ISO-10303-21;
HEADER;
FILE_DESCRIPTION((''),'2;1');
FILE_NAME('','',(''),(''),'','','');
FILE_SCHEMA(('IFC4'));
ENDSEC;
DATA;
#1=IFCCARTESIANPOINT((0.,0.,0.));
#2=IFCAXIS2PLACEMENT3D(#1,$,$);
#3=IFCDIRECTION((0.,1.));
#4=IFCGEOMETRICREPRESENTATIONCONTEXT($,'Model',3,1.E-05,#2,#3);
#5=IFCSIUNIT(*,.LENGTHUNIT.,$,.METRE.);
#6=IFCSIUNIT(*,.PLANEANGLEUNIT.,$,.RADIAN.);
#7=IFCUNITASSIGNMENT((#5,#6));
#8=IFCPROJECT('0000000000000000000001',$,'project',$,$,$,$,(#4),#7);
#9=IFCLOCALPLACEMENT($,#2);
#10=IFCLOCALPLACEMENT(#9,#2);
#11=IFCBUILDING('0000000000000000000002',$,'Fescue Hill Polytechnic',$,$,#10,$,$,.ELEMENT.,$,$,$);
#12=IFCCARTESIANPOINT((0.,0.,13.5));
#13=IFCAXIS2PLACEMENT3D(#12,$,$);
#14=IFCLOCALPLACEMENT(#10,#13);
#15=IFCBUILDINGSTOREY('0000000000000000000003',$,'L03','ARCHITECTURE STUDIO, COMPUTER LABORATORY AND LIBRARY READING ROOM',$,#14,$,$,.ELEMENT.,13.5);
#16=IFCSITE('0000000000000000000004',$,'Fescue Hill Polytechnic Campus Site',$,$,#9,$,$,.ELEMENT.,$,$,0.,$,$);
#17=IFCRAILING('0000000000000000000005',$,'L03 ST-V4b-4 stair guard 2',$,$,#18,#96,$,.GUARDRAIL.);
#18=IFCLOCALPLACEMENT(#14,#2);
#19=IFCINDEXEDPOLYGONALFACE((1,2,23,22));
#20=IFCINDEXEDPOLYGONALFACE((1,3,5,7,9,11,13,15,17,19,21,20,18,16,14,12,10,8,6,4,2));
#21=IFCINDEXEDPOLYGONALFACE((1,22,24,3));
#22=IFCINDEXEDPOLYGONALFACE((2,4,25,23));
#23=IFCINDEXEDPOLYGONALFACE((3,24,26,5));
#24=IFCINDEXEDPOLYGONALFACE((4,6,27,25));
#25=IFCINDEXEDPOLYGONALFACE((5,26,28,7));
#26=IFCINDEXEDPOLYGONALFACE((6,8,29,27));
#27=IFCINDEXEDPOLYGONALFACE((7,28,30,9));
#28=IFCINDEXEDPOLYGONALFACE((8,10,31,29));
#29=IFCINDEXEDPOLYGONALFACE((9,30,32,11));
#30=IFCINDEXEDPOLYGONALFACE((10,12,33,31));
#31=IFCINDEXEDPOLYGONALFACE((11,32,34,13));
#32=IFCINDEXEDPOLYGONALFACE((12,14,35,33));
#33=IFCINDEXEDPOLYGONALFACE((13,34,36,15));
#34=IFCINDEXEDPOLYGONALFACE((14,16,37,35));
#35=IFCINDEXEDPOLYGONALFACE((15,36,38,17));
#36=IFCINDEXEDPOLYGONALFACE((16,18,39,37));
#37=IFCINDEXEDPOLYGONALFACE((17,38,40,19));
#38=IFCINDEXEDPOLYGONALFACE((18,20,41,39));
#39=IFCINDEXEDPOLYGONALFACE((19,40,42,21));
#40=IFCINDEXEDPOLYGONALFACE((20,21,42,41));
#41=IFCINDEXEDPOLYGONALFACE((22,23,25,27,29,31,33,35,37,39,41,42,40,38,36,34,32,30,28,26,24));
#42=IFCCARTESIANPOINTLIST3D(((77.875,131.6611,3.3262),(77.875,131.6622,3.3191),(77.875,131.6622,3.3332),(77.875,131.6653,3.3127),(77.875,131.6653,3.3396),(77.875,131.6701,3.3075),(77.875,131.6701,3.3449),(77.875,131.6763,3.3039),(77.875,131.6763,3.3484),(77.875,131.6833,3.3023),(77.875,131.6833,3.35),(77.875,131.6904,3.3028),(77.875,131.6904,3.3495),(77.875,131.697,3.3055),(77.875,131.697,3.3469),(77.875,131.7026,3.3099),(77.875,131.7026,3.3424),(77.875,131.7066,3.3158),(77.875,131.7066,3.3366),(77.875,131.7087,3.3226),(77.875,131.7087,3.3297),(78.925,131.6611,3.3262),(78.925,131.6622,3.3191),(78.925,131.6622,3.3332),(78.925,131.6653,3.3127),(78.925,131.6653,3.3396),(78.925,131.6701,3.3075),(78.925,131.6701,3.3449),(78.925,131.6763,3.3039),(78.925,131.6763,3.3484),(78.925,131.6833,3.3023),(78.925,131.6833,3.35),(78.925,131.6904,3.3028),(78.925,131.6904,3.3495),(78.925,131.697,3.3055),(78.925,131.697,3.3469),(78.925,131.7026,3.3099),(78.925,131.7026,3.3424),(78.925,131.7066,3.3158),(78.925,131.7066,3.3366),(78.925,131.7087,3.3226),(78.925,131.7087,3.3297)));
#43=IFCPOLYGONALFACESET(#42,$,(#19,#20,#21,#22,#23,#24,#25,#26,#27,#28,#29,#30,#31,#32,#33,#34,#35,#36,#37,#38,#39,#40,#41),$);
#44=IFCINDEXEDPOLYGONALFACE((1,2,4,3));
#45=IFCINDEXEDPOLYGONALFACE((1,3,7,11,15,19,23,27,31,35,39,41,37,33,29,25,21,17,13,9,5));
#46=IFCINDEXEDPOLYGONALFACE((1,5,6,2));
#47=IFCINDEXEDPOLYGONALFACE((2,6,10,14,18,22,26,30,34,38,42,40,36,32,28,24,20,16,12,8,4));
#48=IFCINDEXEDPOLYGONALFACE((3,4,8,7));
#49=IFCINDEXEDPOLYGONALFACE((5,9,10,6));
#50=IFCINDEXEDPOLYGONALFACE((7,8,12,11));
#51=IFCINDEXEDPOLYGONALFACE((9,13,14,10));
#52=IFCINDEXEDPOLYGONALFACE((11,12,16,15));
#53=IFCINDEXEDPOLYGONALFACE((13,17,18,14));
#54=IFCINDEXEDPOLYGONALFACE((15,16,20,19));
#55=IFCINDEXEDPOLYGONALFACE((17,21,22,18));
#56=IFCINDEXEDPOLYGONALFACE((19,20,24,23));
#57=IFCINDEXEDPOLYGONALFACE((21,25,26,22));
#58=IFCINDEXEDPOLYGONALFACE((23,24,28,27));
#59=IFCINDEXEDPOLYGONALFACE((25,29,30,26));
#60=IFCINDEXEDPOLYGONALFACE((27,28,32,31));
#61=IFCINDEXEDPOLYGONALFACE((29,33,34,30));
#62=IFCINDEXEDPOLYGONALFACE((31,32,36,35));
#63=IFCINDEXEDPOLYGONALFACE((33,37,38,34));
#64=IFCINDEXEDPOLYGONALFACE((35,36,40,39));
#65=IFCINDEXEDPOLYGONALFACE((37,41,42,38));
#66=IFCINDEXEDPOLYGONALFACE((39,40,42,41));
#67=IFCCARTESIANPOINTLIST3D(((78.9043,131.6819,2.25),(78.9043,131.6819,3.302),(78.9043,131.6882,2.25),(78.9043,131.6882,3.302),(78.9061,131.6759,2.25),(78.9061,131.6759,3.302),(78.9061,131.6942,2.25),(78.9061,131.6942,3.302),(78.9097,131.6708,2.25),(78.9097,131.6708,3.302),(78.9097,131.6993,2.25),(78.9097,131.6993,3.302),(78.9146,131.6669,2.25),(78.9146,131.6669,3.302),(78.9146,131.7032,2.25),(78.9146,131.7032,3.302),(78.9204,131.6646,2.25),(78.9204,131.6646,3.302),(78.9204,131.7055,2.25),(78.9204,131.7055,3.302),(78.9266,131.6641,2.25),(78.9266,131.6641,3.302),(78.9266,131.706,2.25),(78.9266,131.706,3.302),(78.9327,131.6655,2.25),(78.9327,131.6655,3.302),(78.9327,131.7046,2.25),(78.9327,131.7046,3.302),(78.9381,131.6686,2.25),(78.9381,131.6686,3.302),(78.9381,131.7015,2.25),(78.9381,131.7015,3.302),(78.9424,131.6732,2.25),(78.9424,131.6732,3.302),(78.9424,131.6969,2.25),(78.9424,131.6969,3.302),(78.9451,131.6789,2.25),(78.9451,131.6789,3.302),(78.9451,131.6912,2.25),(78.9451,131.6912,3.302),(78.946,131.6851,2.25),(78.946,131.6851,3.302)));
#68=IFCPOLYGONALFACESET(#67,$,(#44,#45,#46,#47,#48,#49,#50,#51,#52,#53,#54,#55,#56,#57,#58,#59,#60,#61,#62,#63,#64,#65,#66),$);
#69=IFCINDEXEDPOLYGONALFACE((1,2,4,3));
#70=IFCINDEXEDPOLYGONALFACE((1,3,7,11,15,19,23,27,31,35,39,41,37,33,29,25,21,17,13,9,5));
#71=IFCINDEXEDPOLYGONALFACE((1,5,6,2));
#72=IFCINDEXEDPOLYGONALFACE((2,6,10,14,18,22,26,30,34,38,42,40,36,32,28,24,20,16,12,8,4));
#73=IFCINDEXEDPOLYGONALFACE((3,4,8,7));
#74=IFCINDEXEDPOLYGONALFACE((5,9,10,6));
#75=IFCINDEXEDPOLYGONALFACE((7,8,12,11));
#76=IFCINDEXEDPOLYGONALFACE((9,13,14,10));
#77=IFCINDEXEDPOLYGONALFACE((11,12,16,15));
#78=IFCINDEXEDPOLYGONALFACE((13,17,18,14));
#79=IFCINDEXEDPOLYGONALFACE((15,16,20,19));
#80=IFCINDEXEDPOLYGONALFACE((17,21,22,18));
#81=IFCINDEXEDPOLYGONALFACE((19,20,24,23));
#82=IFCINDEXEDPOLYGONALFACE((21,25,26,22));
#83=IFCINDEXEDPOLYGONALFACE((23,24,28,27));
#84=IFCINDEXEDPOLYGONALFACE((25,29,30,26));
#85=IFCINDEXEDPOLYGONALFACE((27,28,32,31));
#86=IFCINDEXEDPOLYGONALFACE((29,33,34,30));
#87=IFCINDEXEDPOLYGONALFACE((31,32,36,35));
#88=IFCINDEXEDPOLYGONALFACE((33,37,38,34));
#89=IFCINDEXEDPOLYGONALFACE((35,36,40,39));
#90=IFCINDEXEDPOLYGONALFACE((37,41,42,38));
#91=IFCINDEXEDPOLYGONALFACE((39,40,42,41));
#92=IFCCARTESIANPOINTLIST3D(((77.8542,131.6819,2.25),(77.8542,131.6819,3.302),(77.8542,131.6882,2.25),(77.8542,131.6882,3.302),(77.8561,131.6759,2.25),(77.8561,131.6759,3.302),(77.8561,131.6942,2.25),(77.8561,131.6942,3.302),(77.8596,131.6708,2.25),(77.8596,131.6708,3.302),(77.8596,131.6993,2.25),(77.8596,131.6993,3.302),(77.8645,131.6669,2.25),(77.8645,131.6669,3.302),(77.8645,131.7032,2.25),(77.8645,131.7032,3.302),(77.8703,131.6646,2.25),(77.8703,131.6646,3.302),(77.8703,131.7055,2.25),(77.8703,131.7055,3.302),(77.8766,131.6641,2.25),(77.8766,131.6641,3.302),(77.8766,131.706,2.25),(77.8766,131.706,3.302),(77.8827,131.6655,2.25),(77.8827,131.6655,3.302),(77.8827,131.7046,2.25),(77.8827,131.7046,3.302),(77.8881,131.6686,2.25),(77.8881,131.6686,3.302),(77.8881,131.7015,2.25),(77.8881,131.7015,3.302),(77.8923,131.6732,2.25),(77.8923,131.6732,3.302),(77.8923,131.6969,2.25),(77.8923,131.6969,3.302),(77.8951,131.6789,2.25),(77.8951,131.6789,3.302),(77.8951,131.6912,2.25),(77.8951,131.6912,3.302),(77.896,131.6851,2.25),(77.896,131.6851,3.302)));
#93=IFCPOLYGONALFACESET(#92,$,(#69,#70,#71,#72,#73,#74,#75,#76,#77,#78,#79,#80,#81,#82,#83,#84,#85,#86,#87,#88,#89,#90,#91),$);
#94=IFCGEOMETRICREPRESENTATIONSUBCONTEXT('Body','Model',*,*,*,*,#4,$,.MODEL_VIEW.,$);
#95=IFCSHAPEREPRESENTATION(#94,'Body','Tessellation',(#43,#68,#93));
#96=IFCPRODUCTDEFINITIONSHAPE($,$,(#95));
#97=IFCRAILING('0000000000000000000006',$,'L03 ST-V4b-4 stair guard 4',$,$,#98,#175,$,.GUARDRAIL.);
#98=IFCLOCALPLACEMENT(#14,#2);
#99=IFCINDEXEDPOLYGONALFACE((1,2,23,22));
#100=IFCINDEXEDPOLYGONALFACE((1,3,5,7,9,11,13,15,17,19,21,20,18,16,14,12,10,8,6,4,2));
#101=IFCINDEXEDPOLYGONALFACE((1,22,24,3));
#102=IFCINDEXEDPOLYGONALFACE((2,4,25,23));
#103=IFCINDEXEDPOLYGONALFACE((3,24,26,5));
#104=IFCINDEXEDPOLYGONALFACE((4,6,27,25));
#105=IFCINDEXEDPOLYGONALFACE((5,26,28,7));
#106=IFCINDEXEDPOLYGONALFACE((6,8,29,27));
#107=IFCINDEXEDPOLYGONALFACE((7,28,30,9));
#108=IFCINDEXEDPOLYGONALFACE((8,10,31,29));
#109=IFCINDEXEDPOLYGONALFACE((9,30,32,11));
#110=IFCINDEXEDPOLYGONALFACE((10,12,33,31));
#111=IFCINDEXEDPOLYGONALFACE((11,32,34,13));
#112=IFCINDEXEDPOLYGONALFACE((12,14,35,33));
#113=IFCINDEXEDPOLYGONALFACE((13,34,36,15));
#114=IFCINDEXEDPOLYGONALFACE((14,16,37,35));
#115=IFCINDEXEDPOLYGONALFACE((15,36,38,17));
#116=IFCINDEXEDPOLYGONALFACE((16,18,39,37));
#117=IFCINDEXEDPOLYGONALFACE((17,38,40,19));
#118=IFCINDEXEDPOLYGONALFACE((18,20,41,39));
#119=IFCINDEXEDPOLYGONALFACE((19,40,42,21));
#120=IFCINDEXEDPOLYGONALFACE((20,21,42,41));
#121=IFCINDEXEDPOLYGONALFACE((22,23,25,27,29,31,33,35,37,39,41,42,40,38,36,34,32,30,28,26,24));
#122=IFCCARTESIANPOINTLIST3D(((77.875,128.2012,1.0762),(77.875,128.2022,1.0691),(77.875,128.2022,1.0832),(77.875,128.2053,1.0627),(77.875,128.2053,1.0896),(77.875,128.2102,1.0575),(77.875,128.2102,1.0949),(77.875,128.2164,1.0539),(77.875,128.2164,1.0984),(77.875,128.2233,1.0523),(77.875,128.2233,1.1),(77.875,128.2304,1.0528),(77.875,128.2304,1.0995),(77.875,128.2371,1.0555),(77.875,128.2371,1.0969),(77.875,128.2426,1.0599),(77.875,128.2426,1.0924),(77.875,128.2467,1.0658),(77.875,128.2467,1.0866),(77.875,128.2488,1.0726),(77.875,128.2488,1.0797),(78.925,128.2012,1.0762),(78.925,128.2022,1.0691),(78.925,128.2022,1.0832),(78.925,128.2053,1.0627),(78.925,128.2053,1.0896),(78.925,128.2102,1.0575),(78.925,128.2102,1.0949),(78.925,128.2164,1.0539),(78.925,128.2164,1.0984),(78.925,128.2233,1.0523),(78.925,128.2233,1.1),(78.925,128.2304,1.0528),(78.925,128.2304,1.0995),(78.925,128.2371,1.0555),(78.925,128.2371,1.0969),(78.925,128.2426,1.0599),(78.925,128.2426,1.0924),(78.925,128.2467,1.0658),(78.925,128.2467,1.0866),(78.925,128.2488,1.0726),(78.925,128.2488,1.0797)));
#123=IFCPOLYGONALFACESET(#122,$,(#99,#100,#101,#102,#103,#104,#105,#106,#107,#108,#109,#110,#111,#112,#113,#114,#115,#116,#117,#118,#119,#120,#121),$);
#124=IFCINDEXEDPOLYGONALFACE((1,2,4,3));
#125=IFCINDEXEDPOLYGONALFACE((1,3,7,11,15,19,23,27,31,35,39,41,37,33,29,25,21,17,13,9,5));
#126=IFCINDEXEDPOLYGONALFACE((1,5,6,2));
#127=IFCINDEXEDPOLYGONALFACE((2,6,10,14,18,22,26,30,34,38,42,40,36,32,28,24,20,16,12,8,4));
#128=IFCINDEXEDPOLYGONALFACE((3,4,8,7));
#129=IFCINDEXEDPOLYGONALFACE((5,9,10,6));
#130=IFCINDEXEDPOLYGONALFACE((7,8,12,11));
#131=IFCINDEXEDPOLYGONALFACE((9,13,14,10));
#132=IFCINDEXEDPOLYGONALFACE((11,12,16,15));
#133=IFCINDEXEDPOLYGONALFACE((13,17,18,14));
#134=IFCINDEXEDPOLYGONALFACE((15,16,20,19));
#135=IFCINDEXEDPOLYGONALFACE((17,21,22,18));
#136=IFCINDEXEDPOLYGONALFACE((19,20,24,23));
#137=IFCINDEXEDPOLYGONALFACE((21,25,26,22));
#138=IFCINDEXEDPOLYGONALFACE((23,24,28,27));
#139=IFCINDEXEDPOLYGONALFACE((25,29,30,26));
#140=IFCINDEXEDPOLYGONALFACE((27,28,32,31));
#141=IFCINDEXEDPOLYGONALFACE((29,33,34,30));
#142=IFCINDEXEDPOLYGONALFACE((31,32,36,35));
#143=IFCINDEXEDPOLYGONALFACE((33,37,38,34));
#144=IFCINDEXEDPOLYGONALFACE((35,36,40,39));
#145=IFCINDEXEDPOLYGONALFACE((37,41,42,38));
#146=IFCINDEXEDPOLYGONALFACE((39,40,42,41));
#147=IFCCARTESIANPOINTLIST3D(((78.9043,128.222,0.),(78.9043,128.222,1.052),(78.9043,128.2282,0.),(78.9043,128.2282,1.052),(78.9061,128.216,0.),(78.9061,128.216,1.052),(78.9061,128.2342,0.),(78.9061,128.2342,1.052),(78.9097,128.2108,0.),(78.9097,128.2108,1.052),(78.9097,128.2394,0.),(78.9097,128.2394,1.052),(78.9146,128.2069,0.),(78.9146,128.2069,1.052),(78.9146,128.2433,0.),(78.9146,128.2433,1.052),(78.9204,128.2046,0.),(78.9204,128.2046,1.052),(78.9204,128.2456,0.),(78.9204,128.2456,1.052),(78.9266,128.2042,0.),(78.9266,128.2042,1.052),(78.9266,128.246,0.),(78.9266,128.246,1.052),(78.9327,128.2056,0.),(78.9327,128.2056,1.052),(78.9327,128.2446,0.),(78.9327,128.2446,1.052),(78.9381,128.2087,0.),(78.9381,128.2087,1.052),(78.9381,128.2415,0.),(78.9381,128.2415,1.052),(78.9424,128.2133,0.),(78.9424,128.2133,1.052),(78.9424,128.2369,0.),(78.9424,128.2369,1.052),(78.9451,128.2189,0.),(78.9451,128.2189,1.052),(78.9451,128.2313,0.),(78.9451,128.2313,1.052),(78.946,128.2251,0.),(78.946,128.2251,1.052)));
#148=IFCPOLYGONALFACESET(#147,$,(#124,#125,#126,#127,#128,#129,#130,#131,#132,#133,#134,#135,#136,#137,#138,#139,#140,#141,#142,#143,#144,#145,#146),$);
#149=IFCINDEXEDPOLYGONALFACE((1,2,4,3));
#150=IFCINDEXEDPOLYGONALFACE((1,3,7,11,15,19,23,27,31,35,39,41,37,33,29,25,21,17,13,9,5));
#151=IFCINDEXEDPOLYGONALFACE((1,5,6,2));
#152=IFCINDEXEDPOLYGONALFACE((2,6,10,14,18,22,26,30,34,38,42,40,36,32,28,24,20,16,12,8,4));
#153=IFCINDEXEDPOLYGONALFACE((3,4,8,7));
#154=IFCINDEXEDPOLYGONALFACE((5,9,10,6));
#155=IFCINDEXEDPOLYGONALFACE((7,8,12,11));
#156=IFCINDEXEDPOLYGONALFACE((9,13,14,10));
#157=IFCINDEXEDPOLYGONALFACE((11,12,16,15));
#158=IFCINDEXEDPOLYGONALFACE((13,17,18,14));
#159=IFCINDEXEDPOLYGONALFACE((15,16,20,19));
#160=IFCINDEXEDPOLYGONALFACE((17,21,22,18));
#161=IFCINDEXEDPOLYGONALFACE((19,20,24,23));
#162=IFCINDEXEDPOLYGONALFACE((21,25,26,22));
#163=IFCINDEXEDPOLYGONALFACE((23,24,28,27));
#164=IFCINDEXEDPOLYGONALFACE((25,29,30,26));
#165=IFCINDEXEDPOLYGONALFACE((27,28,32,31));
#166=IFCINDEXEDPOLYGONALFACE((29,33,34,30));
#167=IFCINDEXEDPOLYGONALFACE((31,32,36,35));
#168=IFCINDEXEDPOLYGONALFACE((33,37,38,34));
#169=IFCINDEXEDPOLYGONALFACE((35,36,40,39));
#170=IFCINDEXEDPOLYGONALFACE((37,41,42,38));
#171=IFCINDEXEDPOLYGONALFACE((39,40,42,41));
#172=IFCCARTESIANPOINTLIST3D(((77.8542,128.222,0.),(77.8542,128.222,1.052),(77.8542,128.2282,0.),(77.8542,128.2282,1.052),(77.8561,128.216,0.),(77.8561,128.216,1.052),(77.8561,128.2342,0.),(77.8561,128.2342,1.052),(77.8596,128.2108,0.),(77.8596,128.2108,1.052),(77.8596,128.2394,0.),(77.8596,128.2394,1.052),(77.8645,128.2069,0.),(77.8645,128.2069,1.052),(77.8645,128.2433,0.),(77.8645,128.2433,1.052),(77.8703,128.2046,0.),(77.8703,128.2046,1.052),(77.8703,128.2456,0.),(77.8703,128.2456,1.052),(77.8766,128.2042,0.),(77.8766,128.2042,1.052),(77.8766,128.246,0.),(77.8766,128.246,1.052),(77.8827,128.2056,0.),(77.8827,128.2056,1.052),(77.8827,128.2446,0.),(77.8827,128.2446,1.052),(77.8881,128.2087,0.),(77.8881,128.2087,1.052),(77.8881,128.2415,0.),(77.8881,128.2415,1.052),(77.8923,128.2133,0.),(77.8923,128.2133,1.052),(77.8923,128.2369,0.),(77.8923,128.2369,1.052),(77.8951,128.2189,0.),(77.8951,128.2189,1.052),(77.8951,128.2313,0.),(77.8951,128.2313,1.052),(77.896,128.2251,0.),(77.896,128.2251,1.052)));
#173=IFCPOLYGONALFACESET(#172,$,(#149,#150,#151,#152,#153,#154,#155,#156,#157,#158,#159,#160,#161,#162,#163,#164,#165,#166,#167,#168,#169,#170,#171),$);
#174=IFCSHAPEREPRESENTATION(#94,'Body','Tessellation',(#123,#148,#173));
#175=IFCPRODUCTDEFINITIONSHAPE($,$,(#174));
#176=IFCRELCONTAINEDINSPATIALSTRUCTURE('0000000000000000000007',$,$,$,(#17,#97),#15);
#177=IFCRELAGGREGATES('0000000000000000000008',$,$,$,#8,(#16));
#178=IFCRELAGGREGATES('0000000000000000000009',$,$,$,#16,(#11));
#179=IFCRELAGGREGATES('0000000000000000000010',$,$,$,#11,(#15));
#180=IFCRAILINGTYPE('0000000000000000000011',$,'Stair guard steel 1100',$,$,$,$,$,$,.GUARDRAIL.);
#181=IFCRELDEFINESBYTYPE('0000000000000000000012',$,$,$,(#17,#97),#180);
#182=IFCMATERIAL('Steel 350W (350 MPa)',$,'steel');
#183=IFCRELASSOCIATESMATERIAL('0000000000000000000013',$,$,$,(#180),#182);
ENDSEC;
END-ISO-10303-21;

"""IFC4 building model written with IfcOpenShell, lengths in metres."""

from ifc_helpers import new_model, si_unit, direction, frame, origin, origin_2d, place, context, subcontext, project, spatial, circle, extrude, material, type_object, element, save


model = new_model("IFC4")

# Units and contexts
model_context = context("Model", 3, precision=1e-05, world=origin(), true_north=direction((0.0, 1.0)))
body_context = subcontext(model_context, "Body", "Model", "MODEL_VIEW")
ifc_project = project(units=[si_unit("LENGTHUNIT", "METRE"), si_unit("PLANEANGLEUNIT", "RADIAN")], contexts=[model_context])

# Site, building, storey
site_placement = place(None, origin())
site = spatial("IfcSite", under=ifc_project, at=site_placement, Name="Fescue Hill Polytechnic Campus Site", CompositionType="ELEMENT", RefElevation=0.0)
building_placement = place(site_placement, origin())
building = spatial("IfcBuilding", under=site, at=building_placement, Name="Fescue Hill Polytechnic", CompositionType="ELEMENT")
storey_placement = place(building_placement, frame((0.0, 0.0, 13.5)))
storey = spatial("IfcBuildingStorey", under=building, at=storey_placement, Name="L03", Description="ARCHITECTURE STUDIO, COMPUTER LABORATORY AND LIBRARY READING ROOM", CompositionType="ELEMENT", Elevation=13.5)

# Railings
ifc_material_1 = material(Name="Steel 350W (350 MPa)", Category="steel")
railing_type_1 = type_object("IfcRailingType", Name="Stair guard steel 1100", PredefinedType="GUARDRAIL", material=ifc_material_1)
for number, where, name in (
    (1, (78.925, 131.6851, 2.25), "L03 ST-V4b-4 stair guard 2"),
    (2, (78.925, 128.2251, 0.0), "L03 ST-V4b-4 stair guard 4"),
):
    element("IfcRailing", number, at=place(storey_placement, frame(where)), inside=storey, type_object=railing_type_1, Name=name, PredefinedType="GUARDRAIL", context=body_context, shape_type="SweptSolid", body=[
        extrude(circle(Radius=0.0239, at=origin_2d()), frame((0.0, 0.0, 1.0762), z_axis=(-1.0, 0.0, 0.0), x_axis=(0.0, -1.0, 0.0)), (0.0, 0.0, 1.0), 1.05),
        extrude(circle(Radius=0.021, at=origin_2d()), origin(), (0.0, 0.0, 1.0), 1.052),
        extrude(circle(Radius=0.021, at=origin_2d()), frame((-1.05, 0.0, 0.0)), (0.0, 0.0, 1.0), 1.052),
    ])

save(model, "model.ifc")
